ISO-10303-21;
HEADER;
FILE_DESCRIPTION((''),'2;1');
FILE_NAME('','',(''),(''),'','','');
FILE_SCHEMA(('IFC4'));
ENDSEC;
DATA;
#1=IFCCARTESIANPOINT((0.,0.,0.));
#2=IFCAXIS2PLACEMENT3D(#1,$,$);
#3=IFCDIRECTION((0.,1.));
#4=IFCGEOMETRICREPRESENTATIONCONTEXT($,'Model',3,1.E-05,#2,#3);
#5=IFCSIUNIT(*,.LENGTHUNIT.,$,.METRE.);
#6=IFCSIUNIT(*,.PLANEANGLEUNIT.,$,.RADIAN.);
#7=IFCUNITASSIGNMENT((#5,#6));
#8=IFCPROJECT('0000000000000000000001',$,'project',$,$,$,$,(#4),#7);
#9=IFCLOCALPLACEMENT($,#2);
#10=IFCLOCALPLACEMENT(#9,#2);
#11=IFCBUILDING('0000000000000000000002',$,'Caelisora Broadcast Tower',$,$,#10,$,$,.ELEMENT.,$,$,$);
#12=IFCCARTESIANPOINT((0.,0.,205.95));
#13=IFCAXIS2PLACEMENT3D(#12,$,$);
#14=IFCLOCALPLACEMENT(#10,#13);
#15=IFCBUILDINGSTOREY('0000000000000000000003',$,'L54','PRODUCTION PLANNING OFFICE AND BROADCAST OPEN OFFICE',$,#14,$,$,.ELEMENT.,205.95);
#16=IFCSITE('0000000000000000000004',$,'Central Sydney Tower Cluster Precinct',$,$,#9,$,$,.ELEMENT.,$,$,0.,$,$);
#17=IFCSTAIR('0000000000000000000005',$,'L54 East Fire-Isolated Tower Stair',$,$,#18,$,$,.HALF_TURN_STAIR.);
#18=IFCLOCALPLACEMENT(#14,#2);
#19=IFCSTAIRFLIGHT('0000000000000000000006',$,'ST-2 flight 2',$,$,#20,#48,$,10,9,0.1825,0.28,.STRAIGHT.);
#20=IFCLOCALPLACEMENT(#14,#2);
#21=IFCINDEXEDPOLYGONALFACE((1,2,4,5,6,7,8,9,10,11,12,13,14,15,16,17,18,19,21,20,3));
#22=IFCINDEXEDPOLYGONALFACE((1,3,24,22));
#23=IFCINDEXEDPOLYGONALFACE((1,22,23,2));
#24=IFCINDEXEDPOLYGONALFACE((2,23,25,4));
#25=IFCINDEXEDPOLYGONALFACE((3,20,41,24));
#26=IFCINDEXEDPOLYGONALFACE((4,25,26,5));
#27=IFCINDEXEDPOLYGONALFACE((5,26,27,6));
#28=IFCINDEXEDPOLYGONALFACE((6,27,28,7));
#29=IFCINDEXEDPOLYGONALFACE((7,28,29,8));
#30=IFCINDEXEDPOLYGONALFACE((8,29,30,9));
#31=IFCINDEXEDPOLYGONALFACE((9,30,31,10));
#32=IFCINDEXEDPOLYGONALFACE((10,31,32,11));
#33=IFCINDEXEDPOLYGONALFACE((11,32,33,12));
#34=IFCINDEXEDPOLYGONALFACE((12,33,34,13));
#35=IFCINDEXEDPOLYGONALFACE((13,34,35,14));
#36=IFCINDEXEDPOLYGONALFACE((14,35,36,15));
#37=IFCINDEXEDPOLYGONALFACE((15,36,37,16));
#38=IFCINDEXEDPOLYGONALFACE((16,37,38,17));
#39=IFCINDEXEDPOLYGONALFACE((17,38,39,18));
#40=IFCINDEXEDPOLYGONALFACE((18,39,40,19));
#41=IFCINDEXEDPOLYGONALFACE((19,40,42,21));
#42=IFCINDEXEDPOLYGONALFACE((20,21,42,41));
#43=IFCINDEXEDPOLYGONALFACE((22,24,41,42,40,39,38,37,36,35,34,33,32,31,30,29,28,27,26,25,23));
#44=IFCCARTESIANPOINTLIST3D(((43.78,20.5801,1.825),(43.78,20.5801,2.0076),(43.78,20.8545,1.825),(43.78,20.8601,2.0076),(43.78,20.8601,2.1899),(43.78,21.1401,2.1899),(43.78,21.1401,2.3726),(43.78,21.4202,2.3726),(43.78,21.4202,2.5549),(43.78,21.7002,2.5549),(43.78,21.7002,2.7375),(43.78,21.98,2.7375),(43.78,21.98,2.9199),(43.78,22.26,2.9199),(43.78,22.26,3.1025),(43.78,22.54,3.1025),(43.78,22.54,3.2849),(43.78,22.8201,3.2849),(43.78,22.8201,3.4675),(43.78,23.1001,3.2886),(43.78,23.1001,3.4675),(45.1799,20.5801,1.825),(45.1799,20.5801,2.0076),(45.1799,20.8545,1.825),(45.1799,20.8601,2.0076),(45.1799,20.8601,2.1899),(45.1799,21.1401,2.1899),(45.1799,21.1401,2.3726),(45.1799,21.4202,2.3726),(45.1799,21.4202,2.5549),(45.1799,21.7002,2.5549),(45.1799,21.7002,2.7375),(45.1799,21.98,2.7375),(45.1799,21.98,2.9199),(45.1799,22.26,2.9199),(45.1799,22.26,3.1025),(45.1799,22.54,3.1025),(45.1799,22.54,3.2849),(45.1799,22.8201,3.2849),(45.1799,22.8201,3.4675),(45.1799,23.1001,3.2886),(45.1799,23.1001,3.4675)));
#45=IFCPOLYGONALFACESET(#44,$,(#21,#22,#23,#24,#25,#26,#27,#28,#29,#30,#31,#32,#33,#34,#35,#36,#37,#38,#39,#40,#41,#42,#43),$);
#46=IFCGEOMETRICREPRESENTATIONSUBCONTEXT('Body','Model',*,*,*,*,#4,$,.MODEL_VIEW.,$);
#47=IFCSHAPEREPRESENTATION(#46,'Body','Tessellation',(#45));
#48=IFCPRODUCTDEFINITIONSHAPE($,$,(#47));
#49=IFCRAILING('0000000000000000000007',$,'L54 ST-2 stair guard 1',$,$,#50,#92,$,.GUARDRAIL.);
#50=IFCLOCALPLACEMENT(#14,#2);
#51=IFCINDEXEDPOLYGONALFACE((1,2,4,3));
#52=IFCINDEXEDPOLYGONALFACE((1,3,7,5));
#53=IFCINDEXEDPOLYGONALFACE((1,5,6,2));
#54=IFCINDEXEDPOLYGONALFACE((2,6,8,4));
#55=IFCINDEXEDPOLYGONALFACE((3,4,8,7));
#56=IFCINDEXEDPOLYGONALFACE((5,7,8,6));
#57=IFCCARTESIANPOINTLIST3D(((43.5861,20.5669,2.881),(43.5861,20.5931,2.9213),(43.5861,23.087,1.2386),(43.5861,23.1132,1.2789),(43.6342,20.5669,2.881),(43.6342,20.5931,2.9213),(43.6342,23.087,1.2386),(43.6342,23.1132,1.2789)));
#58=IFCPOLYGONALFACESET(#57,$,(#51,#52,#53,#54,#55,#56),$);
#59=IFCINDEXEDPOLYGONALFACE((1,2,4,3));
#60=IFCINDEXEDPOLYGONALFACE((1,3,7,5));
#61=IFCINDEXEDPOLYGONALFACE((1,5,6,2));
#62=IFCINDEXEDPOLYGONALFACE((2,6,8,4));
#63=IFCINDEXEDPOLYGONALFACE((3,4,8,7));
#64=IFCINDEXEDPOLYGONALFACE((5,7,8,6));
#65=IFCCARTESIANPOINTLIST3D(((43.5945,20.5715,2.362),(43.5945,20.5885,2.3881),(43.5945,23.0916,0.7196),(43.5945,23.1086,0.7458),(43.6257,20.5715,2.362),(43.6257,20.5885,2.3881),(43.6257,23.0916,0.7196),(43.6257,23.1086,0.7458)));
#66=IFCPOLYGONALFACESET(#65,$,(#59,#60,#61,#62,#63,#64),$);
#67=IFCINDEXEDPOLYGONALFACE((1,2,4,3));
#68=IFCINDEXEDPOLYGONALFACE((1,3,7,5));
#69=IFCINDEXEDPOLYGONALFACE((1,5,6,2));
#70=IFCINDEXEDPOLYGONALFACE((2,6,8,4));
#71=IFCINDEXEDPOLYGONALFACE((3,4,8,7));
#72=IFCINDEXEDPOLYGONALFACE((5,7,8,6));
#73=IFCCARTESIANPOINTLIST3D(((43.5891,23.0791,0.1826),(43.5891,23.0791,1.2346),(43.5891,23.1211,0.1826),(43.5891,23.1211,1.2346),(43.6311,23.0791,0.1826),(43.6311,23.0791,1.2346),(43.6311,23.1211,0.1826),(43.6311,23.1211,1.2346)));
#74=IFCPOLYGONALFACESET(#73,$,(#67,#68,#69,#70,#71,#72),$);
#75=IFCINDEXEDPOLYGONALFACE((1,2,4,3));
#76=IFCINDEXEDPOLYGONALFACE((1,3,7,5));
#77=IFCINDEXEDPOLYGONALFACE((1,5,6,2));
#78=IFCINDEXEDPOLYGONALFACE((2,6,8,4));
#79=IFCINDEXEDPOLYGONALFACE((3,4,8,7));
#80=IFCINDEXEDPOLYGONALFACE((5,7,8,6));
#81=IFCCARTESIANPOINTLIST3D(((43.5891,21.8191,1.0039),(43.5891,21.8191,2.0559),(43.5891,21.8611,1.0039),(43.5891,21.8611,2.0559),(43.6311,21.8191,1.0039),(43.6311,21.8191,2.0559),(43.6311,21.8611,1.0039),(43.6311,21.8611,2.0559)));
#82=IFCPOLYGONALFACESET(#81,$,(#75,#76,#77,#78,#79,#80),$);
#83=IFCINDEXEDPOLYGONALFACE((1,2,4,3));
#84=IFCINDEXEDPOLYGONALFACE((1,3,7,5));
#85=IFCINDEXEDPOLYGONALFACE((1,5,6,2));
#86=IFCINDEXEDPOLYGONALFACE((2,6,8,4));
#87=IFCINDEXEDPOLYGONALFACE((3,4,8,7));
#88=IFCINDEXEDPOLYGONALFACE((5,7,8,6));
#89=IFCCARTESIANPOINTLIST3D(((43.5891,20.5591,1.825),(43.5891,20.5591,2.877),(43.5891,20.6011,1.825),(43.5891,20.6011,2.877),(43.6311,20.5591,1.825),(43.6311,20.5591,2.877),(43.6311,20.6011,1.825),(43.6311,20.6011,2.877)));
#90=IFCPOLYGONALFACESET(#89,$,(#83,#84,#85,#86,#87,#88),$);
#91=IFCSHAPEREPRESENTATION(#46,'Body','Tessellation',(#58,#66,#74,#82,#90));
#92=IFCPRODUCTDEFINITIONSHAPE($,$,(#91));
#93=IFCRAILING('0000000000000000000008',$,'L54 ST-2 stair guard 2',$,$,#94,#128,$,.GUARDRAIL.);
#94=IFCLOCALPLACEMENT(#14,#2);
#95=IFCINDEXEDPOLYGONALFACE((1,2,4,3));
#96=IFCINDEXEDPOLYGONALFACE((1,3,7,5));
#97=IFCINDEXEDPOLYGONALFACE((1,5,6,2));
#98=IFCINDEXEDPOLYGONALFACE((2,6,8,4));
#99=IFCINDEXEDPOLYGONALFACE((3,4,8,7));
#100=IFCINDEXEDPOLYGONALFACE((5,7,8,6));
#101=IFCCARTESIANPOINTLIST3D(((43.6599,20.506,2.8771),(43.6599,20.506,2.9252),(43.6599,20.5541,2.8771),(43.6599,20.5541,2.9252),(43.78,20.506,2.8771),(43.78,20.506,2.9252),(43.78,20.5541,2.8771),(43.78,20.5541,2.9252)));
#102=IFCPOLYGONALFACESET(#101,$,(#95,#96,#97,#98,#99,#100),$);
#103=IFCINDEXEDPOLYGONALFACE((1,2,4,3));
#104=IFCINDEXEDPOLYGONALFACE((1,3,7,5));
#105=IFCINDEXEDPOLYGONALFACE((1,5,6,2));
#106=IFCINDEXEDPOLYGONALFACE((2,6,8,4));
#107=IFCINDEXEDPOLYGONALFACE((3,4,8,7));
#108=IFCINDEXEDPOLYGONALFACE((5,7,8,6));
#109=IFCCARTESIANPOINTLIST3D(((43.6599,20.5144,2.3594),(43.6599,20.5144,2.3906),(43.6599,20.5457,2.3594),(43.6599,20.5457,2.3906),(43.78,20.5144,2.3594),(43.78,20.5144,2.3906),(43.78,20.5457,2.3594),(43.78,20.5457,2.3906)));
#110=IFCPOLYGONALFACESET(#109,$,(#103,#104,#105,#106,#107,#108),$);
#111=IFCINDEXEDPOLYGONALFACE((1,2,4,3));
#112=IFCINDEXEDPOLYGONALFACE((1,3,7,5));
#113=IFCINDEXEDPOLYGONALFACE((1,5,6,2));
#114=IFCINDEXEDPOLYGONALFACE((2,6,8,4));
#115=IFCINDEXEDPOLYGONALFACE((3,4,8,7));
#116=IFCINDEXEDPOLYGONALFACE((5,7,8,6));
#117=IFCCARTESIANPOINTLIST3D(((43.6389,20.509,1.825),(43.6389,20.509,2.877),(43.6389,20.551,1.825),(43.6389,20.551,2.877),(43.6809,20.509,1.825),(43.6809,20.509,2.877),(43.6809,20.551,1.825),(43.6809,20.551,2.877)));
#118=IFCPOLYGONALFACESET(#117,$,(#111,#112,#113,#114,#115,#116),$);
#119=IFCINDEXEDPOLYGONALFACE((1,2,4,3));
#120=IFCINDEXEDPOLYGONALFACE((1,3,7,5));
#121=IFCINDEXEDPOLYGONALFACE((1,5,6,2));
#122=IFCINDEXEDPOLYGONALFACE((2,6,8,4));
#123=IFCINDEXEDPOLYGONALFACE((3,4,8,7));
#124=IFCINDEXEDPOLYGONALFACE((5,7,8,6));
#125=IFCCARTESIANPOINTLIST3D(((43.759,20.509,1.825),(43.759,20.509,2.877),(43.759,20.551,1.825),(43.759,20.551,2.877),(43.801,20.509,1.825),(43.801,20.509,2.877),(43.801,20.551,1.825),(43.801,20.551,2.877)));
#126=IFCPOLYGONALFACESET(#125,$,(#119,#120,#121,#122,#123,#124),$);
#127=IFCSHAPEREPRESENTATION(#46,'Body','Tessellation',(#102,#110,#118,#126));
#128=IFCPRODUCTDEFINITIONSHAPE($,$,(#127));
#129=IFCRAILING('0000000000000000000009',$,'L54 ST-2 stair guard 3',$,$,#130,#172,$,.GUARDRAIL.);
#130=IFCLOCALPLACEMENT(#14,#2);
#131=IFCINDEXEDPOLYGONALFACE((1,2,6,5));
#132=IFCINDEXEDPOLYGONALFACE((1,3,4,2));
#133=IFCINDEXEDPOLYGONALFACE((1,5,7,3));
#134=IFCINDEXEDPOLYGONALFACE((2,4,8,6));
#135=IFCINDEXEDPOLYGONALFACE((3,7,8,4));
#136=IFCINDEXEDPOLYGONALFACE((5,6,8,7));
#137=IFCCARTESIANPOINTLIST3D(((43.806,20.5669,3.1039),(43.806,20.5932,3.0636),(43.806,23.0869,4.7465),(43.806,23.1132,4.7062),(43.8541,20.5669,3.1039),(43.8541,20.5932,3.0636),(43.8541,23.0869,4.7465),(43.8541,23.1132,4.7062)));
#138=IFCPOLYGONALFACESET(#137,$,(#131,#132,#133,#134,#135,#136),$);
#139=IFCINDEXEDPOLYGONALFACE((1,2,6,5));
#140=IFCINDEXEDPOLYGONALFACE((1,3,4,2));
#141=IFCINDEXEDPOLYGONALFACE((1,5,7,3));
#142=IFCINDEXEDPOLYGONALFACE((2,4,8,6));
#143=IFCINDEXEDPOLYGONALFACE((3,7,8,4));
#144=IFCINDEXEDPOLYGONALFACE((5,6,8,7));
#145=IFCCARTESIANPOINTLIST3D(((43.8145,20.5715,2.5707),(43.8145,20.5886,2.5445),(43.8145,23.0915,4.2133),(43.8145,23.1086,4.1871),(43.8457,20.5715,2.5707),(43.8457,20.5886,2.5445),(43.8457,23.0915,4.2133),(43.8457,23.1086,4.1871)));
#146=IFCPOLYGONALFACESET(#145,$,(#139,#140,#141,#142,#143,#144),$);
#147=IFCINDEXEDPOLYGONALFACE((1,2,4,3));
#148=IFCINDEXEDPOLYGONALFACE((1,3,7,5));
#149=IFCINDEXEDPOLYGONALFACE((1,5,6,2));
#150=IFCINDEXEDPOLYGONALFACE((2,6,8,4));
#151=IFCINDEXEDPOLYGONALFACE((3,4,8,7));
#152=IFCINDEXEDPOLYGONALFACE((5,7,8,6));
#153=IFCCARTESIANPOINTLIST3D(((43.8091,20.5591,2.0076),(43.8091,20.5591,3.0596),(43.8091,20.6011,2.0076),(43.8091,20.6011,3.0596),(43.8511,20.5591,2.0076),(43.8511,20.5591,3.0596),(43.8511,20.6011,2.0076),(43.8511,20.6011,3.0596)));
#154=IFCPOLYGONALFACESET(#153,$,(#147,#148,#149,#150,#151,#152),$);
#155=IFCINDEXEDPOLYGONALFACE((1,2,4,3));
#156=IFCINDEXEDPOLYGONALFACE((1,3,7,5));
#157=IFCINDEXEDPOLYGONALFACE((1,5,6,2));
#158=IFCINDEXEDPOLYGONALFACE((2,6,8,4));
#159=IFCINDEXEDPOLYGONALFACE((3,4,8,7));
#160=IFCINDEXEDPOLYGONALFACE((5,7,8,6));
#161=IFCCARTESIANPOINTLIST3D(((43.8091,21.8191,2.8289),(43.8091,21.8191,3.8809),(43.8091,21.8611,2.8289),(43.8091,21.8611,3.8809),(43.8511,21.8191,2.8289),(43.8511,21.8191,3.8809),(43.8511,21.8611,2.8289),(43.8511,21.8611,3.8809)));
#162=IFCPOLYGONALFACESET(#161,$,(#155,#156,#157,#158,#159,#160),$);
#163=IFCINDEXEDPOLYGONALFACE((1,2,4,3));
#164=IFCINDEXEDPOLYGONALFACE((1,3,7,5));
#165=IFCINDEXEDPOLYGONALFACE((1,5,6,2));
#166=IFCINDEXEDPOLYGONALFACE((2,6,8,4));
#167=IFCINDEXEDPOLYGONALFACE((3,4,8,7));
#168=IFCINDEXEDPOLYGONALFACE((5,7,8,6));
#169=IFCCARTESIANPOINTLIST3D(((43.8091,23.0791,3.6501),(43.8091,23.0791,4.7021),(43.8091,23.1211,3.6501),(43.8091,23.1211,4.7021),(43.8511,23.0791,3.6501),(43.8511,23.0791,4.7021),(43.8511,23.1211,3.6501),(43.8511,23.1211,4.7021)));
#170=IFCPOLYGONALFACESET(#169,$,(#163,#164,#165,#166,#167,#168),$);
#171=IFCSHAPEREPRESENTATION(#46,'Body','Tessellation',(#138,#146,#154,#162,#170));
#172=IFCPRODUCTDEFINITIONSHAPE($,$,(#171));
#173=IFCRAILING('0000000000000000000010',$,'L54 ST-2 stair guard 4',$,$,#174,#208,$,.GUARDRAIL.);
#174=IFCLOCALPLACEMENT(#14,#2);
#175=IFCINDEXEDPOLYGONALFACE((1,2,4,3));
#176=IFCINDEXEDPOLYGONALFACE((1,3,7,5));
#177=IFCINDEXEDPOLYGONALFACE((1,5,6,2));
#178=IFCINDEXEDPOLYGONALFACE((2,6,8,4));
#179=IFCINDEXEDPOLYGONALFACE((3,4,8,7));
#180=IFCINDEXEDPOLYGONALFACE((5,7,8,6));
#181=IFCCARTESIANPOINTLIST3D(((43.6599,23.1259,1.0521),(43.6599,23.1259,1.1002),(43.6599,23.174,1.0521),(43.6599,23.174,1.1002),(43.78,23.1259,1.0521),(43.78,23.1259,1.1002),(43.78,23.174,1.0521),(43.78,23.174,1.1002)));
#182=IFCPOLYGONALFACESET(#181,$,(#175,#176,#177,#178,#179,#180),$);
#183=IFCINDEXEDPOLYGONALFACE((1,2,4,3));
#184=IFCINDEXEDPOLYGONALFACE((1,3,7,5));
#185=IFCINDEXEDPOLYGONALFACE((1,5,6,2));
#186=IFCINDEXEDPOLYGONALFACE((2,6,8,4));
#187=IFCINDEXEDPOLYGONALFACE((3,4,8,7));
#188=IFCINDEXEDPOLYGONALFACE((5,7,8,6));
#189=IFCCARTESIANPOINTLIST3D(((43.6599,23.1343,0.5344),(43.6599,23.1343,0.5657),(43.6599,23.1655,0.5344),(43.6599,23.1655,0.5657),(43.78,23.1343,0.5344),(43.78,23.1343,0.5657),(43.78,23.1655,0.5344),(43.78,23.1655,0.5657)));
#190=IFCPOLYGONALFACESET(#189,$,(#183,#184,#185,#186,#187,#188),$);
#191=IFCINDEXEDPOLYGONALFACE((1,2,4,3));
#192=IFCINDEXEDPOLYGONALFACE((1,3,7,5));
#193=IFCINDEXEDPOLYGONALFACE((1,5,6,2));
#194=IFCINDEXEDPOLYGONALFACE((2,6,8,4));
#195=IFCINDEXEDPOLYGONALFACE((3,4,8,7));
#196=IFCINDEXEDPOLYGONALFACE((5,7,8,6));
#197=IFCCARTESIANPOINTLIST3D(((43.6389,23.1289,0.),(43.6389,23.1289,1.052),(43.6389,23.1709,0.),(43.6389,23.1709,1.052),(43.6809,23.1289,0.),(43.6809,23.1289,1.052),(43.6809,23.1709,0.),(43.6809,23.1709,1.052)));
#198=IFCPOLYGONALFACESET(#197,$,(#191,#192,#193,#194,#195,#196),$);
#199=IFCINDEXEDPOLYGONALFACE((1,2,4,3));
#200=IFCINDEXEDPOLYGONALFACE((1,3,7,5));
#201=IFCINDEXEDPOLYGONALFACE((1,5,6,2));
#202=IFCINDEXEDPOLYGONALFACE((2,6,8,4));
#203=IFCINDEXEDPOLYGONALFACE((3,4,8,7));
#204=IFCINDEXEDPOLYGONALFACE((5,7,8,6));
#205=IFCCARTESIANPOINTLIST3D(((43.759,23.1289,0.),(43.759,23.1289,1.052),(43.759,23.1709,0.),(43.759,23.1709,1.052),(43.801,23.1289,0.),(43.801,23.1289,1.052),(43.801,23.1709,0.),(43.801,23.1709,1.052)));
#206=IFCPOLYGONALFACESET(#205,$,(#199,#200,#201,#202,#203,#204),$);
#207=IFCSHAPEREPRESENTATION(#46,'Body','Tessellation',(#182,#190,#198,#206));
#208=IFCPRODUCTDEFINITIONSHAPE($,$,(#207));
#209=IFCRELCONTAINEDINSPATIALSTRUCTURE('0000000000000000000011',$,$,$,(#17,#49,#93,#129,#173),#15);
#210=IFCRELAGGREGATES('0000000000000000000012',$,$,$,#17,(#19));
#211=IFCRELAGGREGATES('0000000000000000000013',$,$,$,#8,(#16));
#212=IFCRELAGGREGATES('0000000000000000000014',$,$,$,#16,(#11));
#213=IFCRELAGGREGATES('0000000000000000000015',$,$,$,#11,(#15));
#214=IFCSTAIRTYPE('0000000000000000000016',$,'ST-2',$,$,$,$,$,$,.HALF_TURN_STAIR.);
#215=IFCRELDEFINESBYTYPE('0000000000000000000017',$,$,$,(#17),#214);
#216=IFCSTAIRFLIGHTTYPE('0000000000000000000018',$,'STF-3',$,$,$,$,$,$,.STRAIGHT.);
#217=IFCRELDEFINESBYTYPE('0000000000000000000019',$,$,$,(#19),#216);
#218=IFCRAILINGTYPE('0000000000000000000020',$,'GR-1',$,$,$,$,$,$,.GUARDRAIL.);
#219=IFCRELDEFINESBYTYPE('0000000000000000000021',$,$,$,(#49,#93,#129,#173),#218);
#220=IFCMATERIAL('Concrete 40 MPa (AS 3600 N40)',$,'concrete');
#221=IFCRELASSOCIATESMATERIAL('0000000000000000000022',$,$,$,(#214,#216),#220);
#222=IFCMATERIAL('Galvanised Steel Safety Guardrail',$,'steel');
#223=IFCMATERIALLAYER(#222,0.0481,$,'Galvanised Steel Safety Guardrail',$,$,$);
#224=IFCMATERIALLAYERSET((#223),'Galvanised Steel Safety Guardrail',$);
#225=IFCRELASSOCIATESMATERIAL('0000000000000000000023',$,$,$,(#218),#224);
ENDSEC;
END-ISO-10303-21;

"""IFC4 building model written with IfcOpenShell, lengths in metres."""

from ifc_helpers import new_model, si_unit, direction, frame, origin, origin_2d, place, context, subcontext, project, spatial, polyline, rectangle, outline, extrude, material, layer, layer_set, type_object, element, aggregate, save


model = new_model("IFC4")

# Units and contexts
model_context = context("Model", 3, precision=1e-05, world=origin(), true_north=direction((0.0, 1.0)))
body_context = subcontext(model_context, "Body", "Model", "MODEL_VIEW")
ifc_project = project(units=[si_unit("LENGTHUNIT", "METRE"), si_unit("PLANEANGLEUNIT", "RADIAN")], contexts=[model_context])

# Site, building, storey
site_placement = place(None, origin())
site = spatial("IfcSite", under=ifc_project, at=site_placement, Name="Central Sydney Tower Cluster Precinct", CompositionType="ELEMENT", RefElevation=0.0)
building_placement = place(site_placement, origin())
building = spatial("IfcBuilding", under=site, at=building_placement, Name="Caelisora Broadcast Tower", CompositionType="ELEMENT")
storey_placement = place(building_placement, frame((0.0, 0.0, 205.95)))
storey = spatial("IfcBuildingStorey", under=building, at=storey_placement, Name="L54", Description="PRODUCTION PLANNING OFFICE AND BROADCAST OPEN OFFICE", CompositionType="ELEMENT", Elevation=205.95)

# Stair, stair flight
ifc_material_1 = material(Name="Concrete 40 MPa (AS 3600 N40)", Category="concrete")
stair_type = type_object("IfcStairType", Name="ST-2", PredefinedType="HALF_TURN_STAIR", material=ifc_material_1)
stair_placement = place(storey_placement, origin())
stair = element("IfcStair", 1, at=stair_placement, inside=storey, type_object=stair_type, Name="L54 East Fire-Isolated Tower Stair", PredefinedType="HALF_TURN_STAIR")
stair_flight_type = type_object("IfcStairFlightType", Name="STF-3", PredefinedType="STRAIGHT", material=ifc_material_1)
stair_flight_1_placement = place(storey_placement, frame((44.48, 20.5801, 1.825), z_axis=(0.0, 0.0, 1.0), x_axis=(0.0, 1.0, 0.0)))
stair_flight_1 = element("IfcStairFlight", 2, at=stair_flight_1_placement, type_object=stair_flight_type, Name="ST-2 flight 2", NumberOfRisers=10, NumberOfTreads=9, PredefinedType="STRAIGHT", RiserHeight=0.1825, TreadLength=0.28, context=body_context, shape_type="SweptSolid", body=[
    extrude(outline(polyline([(0.0, 0.0), (0.0, 0.1826), (0.28, 0.1826), (0.28, 0.365), (0.5601, 0.365), (0.5601, 0.5476), (0.8401, 0.5476), (0.8401, 0.73), (1.1201, 0.73), (1.1201, 0.9126), (1.3999, 0.9126), (1.3999, 1.095), (1.6799, 1.095), (1.6799, 1.2776), (1.96, 1.2776), (1.96, 1.46), (2.24, 1.46), (2.24, 1.6426), (2.52, 1.6426), (2.52, 1.825), (2.52, 1.4636), (0.2744, 0.0), (0.0, 0.0)])), frame((0.0, 0.7, 0.0), z_axis=(0.0, -1.0, 0.0), x_axis=(1.0, 0.0, 0.0)), (0.0, 0.0, 1.0), 1.3999),
])
aggregate(stair, [stair_flight_1])

# Railings
ifc_material_2 = material(Name="Galvanised Steel Safety Guardrail", Category="steel")
ifc_layer_1 = layer(ifc_material_2, 0.0481, Name="Galvanised Steel Safety Guardrail")
ifc_layer_set_1 = layer_set([ifc_layer_1], Name="Galvanised Steel Safety Guardrail")
railing_type_1 = type_object("IfcRailingType", Name="GR-1", PredefinedType="GUARDRAIL", material=ifc_layer_set_1)
railing_1_placement = place(storey_placement, frame((43.6101, 23.1001, 0.1826)))
element("IfcRailing", 3, at=railing_1_placement, inside=storey, type_object=railing_type_1, Name="L54 ST-2 stair guard 1", PredefinedType="GUARDRAIL", context=body_context, shape_type="SweptSolid", body=[
    extrude(rectangle(XDim=0.0481, YDim=0.0481, at=origin_2d()), frame((0.0, 0.0, 1.0762), z_axis=(0.0, -0.837787, 0.545998), x_axis=(1.0, 0.0, 0.0)), (0.0, 0.0, 1.0), 3.0081),
    extrude(rectangle(XDim=0.0312, YDim=0.0312, at=origin_2d()), frame((0.0, 0.0, 0.55), z_axis=(0.0, -0.837787, 0.545998), x_axis=(1.0, 0.0, 0.0)), (0.0, 0.0, 1.0), 3.0081),
    extrude(rectangle(XDim=0.042, YDim=0.042, at=origin_2d()), origin(), (0.0, 0.0, 1.0), 1.052),
    extrude(rectangle(XDim=0.042, YDim=0.042, at=origin_2d()), frame((0.0, -1.26, 0.8213)), (0.0, 0.0, 1.0), 1.052),
    extrude(rectangle(XDim=0.042, YDim=0.042, at=origin_2d()), frame((0.0, -2.52, 1.6423)), (0.0, 0.0, 1.0), 1.052),
])
railing_2_placement = place(storey_placement, frame((43.6599, 20.53, 1.825)))
element("IfcRailing", 4, at=railing_2_placement, inside=storey, type_object=railing_type_1, Name="L54 ST-2 stair guard 2", PredefinedType="GUARDRAIL", context=body_context, shape_type="SweptSolid", body=[
    extrude(rectangle(XDim=0.0481, YDim=0.0481, at=origin_2d()), frame((0.0, 0.0, 1.0762), z_axis=(1.0, 0.0, 0.0), x_axis=(0.0, 1.0, 0.0)), (0.0, 0.0, 1.0), 0.1201),
    extrude(rectangle(XDim=0.0312, YDim=0.0312, at=origin_2d()), frame((0.0, 0.0, 0.55), z_axis=(1.0, 0.0, 0.0), x_axis=(0.0, 1.0, 0.0)), (0.0, 0.0, 1.0), 0.1201),
    extrude(rectangle(XDim=0.042, YDim=0.042, at=origin_2d()), origin(), (0.0, 0.0, 1.0), 1.052),
    extrude(rectangle(XDim=0.042, YDim=0.042, at=origin_2d()), frame((0.1201, 0.0, 0.0)), (0.0, 0.0, 1.0), 1.052),
])
railing_3_placement = place(storey_placement, frame((43.8301, 20.5801, 2.0076)))
element("IfcRailing", 5, at=railing_3_placement, inside=storey, type_object=railing_type_1, Name="L54 ST-2 stair guard 3", PredefinedType="GUARDRAIL", context=body_context, shape_type="SweptSolid", body=[
    extrude(rectangle(XDim=0.0481, YDim=0.0481, at=origin_2d()), frame((0.0, 0.0, 1.0762), z_axis=(0.0, 0.837749, 0.546055), x_axis=(-1.0, 0.0, 0.0)), (0.0, 0.0, 1.0), 3.0081),
    extrude(rectangle(XDim=0.0312, YDim=0.0312, at=origin_2d()), frame((0.0, 0.0, 0.55), z_axis=(0.0, 0.837749, 0.546055), x_axis=(-1.0, 0.0, 0.0)), (0.0, 0.0, 1.0), 3.0081),
    extrude(rectangle(XDim=0.042, YDim=0.042, at=origin_2d()), origin(), (0.0, 0.0, 1.0), 1.052),
    extrude(rectangle(XDim=0.042, YDim=0.042, at=origin_2d()), frame((0.0, 1.26, 0.8213)), (0.0, 0.0, 1.0), 1.052),
    extrude(rectangle(XDim=0.042, YDim=0.042, at=origin_2d()), frame((0.0, 2.52, 1.6426)), (0.0, 0.0, 1.0), 1.052),
])
railing_4_placement = place(storey_placement, frame((43.6599, 23.1499, 0.0)))
element("IfcRailing", 6, at=railing_4_placement, inside=storey, type_object=railing_type_1, Name="L54 ST-2 stair guard 4", PredefinedType="GUARDRAIL", context=body_context, shape_type="SweptSolid", body=[
    extrude(rectangle(XDim=0.0481, YDim=0.0481, at=origin_2d()), frame((0.0, 0.0, 1.0762), z_axis=(1.0, 0.0, 0.0), x_axis=(0.0, 1.0, 0.0)), (0.0, 0.0, 1.0), 0.1201),
    extrude(rectangle(XDim=0.0312, YDim=0.0312, at=origin_2d()), frame((0.0, 0.0, 0.55), z_axis=(1.0, 0.0, 0.0), x_axis=(0.0, 1.0, 0.0)), (0.0, 0.0, 1.0), 0.1201),
    extrude(rectangle(XDim=0.042, YDim=0.042, at=origin_2d()), origin(), (0.0, 0.0, 1.0), 1.052),
    extrude(rectangle(XDim=0.042, YDim=0.042, at=origin_2d()), frame((0.1201, 0.0, 0.0)), (0.0, 0.0, 1.0), 1.052),
])

save(model, "model.ifc")
